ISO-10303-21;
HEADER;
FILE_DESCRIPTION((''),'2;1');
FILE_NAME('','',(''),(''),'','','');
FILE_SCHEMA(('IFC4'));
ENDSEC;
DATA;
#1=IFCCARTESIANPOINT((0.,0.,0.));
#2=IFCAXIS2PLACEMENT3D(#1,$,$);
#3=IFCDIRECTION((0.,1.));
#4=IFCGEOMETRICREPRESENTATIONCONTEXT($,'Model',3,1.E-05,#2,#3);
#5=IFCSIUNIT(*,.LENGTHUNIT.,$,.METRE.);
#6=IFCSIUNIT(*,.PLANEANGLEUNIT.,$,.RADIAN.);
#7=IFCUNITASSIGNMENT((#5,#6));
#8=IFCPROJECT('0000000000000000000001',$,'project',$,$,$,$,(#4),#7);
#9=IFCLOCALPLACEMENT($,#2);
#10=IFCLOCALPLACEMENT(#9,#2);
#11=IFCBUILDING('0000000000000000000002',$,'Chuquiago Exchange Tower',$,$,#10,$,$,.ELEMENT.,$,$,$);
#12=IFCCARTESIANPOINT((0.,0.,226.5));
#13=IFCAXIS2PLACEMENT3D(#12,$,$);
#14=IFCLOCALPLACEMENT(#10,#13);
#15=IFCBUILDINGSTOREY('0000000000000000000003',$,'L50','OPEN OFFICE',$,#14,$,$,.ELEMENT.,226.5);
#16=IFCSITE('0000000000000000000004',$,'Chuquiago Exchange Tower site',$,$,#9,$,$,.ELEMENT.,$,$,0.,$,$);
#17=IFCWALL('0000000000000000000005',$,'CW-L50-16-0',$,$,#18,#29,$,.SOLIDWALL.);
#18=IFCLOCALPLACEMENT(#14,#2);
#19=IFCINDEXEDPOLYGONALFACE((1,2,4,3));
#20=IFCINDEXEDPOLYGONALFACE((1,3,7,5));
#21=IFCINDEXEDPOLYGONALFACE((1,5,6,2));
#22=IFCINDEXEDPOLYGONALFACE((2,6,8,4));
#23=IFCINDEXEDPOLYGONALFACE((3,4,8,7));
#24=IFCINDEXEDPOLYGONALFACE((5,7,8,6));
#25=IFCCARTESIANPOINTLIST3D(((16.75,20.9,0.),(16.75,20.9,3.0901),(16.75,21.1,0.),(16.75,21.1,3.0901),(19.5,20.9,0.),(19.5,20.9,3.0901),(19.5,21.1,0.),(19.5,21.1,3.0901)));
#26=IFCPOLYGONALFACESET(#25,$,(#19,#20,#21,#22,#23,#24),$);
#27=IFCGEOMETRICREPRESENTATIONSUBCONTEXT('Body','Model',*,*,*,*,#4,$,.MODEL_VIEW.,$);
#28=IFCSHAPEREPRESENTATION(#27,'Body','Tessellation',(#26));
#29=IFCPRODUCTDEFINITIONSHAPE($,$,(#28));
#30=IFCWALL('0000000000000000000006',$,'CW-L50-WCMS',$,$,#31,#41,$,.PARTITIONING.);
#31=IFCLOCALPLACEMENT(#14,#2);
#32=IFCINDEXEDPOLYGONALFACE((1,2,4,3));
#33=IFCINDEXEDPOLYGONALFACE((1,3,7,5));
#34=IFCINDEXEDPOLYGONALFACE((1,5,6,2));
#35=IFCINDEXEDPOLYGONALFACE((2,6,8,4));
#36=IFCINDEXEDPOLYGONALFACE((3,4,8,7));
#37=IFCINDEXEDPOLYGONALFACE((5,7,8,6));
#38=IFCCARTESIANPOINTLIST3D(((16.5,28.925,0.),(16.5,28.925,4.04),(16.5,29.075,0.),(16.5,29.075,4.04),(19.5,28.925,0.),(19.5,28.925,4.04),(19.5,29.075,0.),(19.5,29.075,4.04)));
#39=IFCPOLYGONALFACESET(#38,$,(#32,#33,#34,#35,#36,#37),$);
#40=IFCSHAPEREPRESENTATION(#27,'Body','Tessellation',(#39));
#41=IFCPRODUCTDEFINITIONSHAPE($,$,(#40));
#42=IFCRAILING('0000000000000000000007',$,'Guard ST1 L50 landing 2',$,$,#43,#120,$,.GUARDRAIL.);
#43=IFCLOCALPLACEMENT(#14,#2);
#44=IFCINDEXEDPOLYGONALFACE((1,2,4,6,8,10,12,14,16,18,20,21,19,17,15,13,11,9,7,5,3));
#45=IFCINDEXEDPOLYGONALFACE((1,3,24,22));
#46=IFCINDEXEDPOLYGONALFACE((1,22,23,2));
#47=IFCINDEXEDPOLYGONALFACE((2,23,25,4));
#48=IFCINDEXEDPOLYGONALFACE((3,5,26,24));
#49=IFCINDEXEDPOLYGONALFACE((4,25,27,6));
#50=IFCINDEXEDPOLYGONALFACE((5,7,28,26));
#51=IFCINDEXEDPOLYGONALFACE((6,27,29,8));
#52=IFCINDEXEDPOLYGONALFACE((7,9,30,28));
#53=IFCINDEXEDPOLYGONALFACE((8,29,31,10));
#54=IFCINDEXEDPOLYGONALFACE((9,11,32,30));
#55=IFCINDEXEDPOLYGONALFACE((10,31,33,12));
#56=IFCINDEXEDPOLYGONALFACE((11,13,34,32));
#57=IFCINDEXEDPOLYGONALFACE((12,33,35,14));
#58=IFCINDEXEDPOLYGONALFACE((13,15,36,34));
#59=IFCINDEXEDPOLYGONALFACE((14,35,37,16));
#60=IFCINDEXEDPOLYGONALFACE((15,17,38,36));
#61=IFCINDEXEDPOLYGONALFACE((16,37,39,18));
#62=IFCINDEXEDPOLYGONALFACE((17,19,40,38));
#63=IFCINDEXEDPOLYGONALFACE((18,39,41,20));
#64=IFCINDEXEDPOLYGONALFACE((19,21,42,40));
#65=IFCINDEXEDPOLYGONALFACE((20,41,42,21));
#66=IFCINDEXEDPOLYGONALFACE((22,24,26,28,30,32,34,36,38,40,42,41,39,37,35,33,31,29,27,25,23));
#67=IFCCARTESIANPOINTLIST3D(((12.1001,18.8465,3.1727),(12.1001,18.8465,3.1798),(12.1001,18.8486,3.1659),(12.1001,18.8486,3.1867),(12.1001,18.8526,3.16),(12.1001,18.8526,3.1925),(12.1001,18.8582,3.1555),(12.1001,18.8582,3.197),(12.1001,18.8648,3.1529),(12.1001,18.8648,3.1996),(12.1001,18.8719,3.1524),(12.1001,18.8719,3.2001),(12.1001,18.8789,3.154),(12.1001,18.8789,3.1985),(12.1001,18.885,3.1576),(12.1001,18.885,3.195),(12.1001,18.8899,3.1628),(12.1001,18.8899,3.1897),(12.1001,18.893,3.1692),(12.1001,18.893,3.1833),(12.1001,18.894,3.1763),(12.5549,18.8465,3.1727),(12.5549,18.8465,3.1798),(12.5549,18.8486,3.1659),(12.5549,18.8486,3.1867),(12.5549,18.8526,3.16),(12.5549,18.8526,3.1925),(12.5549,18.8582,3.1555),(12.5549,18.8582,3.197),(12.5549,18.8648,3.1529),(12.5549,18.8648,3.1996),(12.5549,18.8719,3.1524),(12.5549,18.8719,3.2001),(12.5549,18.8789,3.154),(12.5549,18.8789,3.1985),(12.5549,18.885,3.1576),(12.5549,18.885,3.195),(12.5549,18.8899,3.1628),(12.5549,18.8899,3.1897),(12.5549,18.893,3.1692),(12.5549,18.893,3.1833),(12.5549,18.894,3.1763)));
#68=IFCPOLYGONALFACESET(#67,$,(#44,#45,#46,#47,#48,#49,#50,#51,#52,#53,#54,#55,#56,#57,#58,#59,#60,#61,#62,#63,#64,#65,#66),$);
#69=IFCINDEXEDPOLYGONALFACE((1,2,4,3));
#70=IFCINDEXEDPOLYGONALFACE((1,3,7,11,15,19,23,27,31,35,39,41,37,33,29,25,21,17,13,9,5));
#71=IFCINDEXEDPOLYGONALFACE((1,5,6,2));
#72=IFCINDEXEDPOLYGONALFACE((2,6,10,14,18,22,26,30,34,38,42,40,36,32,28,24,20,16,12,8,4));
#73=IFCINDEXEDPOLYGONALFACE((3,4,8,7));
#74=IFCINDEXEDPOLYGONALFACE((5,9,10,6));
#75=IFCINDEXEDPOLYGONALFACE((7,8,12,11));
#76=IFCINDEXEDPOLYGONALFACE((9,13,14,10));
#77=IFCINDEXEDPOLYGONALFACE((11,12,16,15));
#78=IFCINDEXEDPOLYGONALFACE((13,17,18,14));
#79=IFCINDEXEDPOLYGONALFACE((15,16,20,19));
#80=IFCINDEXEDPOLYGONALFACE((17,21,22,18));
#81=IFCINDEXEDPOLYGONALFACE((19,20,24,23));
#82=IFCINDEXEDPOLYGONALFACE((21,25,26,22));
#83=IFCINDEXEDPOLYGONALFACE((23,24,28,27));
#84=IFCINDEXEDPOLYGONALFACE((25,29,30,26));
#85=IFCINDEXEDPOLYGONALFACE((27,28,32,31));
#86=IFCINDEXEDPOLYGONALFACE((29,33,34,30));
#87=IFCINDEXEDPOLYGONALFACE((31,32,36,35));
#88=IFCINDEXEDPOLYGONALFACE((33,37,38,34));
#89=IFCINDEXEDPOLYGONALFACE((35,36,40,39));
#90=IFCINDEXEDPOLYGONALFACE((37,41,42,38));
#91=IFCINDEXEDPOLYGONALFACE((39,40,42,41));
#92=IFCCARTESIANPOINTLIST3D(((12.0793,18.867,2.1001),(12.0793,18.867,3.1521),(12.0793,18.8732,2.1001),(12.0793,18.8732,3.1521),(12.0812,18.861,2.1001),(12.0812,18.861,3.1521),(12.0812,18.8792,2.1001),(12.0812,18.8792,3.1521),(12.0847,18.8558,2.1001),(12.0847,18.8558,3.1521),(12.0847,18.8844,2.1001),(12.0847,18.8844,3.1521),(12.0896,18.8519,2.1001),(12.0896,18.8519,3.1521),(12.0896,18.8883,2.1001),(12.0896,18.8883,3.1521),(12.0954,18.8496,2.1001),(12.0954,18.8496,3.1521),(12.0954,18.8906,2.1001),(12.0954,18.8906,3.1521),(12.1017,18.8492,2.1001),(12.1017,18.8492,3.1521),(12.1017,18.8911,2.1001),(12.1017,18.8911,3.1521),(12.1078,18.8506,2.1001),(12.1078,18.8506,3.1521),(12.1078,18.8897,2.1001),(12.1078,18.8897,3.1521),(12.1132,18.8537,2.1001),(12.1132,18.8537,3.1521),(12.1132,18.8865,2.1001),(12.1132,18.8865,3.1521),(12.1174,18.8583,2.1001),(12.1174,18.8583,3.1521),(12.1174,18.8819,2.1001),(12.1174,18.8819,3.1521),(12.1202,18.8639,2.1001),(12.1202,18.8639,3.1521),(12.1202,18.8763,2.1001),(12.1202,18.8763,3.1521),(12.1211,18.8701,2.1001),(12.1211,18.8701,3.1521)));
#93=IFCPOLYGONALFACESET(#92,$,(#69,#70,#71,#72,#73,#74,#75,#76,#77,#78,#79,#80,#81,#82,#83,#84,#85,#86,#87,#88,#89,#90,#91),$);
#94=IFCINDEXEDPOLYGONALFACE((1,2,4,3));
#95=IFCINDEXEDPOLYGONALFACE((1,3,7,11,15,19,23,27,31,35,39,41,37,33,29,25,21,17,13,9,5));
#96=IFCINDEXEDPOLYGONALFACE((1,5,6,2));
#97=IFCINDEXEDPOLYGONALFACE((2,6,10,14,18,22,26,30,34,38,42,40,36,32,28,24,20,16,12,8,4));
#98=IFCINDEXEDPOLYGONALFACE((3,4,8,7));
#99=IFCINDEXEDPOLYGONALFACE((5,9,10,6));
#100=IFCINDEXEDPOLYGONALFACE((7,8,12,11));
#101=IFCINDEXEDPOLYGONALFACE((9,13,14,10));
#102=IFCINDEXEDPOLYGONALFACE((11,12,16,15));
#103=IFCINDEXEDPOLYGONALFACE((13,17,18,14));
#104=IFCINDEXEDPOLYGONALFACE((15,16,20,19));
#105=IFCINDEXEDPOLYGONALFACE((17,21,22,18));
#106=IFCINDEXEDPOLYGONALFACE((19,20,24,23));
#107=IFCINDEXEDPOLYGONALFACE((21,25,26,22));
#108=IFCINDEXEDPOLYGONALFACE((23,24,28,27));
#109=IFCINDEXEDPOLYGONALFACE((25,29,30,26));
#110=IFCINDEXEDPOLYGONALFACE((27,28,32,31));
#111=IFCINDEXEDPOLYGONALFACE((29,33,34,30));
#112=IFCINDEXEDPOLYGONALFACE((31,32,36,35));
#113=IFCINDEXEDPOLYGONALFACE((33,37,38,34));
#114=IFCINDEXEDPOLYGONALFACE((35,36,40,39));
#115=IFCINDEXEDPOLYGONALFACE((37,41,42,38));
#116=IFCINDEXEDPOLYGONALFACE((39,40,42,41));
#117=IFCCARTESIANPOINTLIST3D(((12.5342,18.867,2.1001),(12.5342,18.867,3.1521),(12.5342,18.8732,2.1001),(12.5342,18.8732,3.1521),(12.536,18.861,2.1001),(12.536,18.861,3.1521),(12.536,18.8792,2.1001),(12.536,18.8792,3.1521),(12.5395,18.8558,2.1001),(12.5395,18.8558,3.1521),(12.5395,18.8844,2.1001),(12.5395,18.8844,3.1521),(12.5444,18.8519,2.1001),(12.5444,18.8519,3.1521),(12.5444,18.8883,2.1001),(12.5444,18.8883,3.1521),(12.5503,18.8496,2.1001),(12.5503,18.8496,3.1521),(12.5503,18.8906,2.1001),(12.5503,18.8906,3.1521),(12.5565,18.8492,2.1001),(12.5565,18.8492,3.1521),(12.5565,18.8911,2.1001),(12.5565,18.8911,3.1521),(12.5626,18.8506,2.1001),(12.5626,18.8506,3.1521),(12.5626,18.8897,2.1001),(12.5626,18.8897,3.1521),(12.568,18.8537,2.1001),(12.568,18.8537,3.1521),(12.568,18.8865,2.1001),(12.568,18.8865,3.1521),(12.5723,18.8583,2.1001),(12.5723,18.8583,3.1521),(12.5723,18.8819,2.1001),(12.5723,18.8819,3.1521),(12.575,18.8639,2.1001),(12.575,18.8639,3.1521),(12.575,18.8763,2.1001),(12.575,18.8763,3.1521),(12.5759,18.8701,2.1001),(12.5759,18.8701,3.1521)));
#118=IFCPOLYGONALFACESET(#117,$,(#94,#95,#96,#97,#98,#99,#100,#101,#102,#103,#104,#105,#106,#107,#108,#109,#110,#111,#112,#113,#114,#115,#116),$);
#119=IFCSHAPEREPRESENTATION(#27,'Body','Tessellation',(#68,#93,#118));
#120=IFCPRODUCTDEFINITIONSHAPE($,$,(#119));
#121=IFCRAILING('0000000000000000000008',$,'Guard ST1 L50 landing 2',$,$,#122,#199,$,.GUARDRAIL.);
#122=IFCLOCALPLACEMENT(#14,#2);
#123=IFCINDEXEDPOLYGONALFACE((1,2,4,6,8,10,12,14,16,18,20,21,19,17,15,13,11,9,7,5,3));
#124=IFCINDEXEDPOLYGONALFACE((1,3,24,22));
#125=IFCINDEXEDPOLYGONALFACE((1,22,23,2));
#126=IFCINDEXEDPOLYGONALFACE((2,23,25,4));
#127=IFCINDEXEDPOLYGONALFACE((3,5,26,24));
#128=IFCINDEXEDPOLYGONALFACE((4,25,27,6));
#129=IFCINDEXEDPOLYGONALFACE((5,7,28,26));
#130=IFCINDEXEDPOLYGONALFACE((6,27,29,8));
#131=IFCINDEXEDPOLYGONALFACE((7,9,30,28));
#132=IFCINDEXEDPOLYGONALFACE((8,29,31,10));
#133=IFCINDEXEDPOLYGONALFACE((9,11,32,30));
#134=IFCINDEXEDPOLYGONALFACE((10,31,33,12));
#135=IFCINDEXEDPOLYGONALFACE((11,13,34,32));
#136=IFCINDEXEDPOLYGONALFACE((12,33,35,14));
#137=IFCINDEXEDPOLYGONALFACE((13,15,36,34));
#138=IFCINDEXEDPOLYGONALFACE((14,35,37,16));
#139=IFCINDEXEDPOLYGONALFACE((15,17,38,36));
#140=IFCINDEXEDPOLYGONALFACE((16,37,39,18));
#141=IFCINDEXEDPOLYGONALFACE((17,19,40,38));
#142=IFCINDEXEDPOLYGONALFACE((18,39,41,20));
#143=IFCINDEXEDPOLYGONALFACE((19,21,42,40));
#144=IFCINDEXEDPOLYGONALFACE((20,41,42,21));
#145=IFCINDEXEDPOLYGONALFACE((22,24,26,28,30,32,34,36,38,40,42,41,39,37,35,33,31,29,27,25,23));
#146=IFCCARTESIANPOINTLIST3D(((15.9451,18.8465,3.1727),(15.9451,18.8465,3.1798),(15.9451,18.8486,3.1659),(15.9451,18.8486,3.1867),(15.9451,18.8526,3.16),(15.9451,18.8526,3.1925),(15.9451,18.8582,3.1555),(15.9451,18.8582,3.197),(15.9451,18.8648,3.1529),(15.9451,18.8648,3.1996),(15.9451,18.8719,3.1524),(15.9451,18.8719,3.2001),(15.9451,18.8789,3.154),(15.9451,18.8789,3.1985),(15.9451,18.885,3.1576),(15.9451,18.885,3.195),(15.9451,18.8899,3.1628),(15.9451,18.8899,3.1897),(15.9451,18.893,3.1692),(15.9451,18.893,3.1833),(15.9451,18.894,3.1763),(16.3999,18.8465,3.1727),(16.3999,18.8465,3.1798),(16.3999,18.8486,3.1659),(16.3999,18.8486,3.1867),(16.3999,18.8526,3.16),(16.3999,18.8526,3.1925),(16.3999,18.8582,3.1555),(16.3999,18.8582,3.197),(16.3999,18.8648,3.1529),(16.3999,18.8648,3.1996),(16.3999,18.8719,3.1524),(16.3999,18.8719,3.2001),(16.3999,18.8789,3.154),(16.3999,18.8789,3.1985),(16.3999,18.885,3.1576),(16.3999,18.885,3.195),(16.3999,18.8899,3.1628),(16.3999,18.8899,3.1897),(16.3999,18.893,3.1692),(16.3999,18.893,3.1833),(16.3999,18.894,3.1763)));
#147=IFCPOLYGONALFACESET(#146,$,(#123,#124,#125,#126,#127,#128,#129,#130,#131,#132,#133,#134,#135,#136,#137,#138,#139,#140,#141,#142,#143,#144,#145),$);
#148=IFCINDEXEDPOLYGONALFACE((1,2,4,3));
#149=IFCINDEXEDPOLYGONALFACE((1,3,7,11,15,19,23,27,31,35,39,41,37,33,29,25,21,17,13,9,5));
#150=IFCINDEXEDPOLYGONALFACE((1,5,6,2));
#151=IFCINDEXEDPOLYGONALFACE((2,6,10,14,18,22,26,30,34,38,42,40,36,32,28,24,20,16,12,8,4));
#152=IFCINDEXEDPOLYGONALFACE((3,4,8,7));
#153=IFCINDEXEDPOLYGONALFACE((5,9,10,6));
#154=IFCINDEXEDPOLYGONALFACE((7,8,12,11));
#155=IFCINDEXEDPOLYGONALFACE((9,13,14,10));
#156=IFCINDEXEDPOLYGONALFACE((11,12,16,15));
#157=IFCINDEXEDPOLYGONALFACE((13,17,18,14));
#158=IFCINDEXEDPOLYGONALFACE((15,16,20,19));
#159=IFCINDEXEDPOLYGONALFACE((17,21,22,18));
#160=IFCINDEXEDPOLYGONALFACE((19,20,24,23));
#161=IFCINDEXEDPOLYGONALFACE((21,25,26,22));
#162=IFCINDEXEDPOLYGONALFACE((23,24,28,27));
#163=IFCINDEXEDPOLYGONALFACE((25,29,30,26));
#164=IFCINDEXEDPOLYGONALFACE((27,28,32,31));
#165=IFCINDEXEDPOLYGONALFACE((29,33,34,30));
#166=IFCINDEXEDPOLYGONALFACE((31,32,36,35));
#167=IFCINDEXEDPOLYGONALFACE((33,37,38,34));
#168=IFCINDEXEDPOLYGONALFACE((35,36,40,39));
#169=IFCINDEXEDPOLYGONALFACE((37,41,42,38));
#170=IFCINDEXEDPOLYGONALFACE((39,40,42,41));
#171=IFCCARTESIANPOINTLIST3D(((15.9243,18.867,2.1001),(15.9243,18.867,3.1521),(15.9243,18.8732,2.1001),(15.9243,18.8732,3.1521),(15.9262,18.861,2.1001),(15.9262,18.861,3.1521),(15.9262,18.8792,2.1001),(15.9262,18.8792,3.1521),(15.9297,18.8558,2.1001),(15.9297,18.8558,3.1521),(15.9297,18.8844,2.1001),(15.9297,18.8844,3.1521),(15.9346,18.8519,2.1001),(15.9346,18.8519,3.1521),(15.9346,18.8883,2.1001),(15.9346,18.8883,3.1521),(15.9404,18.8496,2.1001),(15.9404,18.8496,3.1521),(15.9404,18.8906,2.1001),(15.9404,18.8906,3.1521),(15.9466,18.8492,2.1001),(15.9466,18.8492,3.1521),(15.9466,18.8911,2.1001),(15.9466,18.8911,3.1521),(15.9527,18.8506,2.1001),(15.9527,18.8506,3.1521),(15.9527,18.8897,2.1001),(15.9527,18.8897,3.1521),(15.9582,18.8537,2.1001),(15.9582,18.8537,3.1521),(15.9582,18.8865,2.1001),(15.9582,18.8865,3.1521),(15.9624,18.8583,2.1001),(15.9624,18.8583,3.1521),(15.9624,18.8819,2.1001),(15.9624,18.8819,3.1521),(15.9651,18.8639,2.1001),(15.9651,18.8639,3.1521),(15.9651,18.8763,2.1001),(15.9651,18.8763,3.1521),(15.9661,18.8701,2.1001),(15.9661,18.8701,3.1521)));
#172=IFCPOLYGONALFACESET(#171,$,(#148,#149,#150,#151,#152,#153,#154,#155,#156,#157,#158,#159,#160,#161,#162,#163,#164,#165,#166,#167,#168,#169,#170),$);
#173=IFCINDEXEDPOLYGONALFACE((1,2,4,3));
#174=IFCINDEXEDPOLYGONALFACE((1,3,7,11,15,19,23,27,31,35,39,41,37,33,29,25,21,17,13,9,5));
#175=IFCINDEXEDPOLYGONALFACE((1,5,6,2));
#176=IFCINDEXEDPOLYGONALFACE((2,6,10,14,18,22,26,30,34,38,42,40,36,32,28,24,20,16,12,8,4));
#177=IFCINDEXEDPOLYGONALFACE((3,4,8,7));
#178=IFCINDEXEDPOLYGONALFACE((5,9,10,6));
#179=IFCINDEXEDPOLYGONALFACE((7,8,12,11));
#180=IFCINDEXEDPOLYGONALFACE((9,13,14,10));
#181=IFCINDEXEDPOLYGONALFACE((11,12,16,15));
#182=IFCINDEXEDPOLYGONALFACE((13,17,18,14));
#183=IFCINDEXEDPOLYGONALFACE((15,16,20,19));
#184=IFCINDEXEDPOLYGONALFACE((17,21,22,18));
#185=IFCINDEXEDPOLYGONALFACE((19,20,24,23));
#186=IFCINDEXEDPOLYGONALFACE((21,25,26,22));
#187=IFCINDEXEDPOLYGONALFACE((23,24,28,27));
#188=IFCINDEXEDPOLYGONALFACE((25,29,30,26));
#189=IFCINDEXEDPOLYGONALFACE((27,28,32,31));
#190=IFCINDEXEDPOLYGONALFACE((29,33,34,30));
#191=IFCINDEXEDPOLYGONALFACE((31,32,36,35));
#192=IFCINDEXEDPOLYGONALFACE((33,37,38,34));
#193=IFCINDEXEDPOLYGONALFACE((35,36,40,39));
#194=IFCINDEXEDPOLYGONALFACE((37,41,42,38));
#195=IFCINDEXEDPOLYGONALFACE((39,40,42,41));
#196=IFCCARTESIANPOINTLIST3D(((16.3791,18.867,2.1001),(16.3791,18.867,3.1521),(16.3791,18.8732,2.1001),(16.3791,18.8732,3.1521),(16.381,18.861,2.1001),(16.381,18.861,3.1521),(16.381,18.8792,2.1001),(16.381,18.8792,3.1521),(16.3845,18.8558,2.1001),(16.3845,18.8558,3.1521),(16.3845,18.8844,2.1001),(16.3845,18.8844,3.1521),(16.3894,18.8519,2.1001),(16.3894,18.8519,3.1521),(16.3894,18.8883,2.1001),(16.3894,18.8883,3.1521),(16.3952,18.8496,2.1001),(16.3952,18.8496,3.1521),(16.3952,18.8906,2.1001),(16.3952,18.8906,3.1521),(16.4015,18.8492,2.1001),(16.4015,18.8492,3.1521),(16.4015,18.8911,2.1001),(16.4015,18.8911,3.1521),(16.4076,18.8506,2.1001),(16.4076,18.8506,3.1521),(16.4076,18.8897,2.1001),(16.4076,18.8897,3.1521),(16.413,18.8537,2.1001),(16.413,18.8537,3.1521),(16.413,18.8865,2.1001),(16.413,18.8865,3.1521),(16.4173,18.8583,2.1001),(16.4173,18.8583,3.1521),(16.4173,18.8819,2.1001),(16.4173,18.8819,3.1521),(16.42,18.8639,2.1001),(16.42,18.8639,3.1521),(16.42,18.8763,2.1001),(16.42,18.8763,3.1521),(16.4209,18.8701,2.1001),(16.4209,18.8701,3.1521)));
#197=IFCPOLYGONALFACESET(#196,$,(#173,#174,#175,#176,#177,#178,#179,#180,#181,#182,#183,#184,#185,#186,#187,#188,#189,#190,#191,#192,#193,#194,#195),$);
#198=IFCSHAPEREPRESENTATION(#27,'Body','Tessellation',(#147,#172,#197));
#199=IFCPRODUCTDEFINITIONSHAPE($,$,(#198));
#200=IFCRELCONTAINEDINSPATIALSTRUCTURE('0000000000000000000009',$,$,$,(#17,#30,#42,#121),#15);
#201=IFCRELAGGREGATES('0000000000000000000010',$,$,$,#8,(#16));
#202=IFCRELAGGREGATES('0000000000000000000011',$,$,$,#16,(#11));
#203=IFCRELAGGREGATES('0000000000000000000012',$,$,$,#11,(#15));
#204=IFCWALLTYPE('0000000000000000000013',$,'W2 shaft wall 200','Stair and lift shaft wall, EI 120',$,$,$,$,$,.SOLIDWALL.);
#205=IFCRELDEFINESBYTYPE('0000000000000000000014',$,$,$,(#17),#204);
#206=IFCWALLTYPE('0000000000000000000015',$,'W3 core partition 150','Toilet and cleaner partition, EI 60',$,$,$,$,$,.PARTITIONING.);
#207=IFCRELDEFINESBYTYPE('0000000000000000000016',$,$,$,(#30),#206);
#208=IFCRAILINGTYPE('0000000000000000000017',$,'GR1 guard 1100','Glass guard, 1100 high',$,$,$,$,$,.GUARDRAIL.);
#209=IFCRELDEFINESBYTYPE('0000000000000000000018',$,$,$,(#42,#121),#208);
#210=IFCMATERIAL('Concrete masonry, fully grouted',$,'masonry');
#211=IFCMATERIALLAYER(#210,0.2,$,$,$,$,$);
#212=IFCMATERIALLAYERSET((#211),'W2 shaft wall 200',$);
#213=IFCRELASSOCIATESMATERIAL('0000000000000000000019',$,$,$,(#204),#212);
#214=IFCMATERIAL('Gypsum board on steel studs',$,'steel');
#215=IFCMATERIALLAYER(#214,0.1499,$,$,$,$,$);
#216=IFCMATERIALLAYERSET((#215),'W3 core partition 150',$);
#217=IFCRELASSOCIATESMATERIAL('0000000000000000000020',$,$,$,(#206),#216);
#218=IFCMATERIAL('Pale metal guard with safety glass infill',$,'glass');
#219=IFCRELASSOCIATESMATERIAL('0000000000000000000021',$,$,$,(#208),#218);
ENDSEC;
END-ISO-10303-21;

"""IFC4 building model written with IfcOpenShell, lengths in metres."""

from ifc_helpers import new_model, si_unit, direction, frame, frame_2d, origin, origin_2d, place, context, subcontext, project, spatial, rectangle, circle, extrude, material, layer, layer_set, type_object, element, save


model = new_model("IFC4")

# Units and contexts
model_context = context("Model", 3, precision=1e-05, world=origin(), true_north=direction((0.0, 1.0)))
body_context = subcontext(model_context, "Body", "Model", "MODEL_VIEW")
ifc_project = project(units=[si_unit("LENGTHUNIT", "METRE"), si_unit("PLANEANGLEUNIT", "RADIAN")], contexts=[model_context])

# Site, building, storey
site_placement = place(None, origin())
site = spatial("IfcSite", under=ifc_project, at=site_placement, Name="Chuquiago Exchange Tower site", CompositionType="ELEMENT", RefElevation=0.0)
building_placement = place(site_placement, origin())
building = spatial("IfcBuilding", under=site, at=building_placement, Name="Chuquiago Exchange Tower", CompositionType="ELEMENT")
storey_placement = place(building_placement, frame((0.0, 0.0, 226.5)))
storey = spatial("IfcBuildingStorey", under=building, at=storey_placement, Name="L50", Description="OPEN OFFICE", CompositionType="ELEMENT", Elevation=226.5)

# Shared definitions
ifc_material_1 = material(Name="Concrete masonry, fully grouted", Category="masonry")
ifc_layer_1 = layer(ifc_material_1, 0.2)
ifc_layer_set_1 = layer_set([ifc_layer_1], Name="W2 shaft wall 200")
wall_type_1 = type_object("IfcWallType", Name="W2 shaft wall 200", Description="Stair and lift shaft wall, EI 120", PredefinedType="SOLIDWALL", material=ifc_layer_set_1)

# Walls
wall_1_placement = place(storey_placement, frame((16.75, 21.0, 0.0), z_axis=(0.0, 0.0, 1.0), x_axis=(1.0, 0.0, 0.0)))
element("IfcWall", 1, at=wall_1_placement, inside=storey, type_object=wall_type_1, Name="CW-L50-16-0", PredefinedType="SOLIDWALL", context=body_context, shape_type="SweptSolid", body=[
    extrude(rectangle(XDim=2.75, YDim=0.2, at=frame_2d((1.375, 0.0))), origin(), (0.0, 0.0, 1.0), 3.0901),
])
ifc_material_2 = material(Name="Gypsum board on steel studs", Category="steel")
ifc_layer_2 = layer(ifc_material_2, 0.1499)
ifc_layer_set_2 = layer_set([ifc_layer_2], Name="W3 core partition 150")
wall_type_2 = type_object("IfcWallType", Name="W3 core partition 150", Description="Toilet and cleaner partition, EI 60", PredefinedType="PARTITIONING", material=ifc_layer_set_2)
wall_2_placement = place(storey_placement, frame((16.5, 29.0, 0.0), z_axis=(0.0, 0.0, 1.0), x_axis=(1.0, 0.0, 0.0)))
element("IfcWall", 2, at=wall_2_placement, inside=storey, type_object=wall_type_2, Name="CW-L50-WCMS", PredefinedType="PARTITIONING", context=body_context, shape_type="SweptSolid", body=[
    extrude(rectangle(XDim=3.0, YDim=0.1499, at=frame_2d((1.5, 0.0))), origin(), (0.0, 0.0, 1.0), 4.04),
])

# Railings
ifc_material_3 = material(Name="Pale metal guard with safety glass infill", Category="glass")
railing_type_1 = type_object("IfcRailingType", Name="GR1 guard 1100", Description="Glass guard, 1100 high", PredefinedType="GUARDRAIL", material=ifc_material_3)
for number, where, name in (
    (3, (12.1001, 18.8701, 2.1001), "Guard ST1 L50 landing 2"),
    (4, (15.9451, 18.8701, 2.1001), "Guard ST1 L50 landing 2"),
):
    element("IfcRailing", number, at=place(storey_placement, frame(where)), inside=storey, type_object=railing_type_1, Name=name, PredefinedType="GUARDRAIL", context=body_context, shape_type="SweptSolid", body=[
        extrude(circle(Radius=0.0239, at=origin_2d()), frame((0.0, 0.0, 1.0762), z_axis=(1.0, 0.0, 0.0), x_axis=(0.0, 1.0, 0.0)), (0.0, 0.0, 1.0), 0.4548),
        extrude(circle(Radius=0.021, at=origin_2d()), origin(), (0.0, 0.0, 1.0), 1.052),
        extrude(circle(Radius=0.021, at=origin_2d()), frame((0.4548, 0.0, 0.0)), (0.0, 0.0, 1.0), 1.052),
    ])

save(model, "model.ifc")
